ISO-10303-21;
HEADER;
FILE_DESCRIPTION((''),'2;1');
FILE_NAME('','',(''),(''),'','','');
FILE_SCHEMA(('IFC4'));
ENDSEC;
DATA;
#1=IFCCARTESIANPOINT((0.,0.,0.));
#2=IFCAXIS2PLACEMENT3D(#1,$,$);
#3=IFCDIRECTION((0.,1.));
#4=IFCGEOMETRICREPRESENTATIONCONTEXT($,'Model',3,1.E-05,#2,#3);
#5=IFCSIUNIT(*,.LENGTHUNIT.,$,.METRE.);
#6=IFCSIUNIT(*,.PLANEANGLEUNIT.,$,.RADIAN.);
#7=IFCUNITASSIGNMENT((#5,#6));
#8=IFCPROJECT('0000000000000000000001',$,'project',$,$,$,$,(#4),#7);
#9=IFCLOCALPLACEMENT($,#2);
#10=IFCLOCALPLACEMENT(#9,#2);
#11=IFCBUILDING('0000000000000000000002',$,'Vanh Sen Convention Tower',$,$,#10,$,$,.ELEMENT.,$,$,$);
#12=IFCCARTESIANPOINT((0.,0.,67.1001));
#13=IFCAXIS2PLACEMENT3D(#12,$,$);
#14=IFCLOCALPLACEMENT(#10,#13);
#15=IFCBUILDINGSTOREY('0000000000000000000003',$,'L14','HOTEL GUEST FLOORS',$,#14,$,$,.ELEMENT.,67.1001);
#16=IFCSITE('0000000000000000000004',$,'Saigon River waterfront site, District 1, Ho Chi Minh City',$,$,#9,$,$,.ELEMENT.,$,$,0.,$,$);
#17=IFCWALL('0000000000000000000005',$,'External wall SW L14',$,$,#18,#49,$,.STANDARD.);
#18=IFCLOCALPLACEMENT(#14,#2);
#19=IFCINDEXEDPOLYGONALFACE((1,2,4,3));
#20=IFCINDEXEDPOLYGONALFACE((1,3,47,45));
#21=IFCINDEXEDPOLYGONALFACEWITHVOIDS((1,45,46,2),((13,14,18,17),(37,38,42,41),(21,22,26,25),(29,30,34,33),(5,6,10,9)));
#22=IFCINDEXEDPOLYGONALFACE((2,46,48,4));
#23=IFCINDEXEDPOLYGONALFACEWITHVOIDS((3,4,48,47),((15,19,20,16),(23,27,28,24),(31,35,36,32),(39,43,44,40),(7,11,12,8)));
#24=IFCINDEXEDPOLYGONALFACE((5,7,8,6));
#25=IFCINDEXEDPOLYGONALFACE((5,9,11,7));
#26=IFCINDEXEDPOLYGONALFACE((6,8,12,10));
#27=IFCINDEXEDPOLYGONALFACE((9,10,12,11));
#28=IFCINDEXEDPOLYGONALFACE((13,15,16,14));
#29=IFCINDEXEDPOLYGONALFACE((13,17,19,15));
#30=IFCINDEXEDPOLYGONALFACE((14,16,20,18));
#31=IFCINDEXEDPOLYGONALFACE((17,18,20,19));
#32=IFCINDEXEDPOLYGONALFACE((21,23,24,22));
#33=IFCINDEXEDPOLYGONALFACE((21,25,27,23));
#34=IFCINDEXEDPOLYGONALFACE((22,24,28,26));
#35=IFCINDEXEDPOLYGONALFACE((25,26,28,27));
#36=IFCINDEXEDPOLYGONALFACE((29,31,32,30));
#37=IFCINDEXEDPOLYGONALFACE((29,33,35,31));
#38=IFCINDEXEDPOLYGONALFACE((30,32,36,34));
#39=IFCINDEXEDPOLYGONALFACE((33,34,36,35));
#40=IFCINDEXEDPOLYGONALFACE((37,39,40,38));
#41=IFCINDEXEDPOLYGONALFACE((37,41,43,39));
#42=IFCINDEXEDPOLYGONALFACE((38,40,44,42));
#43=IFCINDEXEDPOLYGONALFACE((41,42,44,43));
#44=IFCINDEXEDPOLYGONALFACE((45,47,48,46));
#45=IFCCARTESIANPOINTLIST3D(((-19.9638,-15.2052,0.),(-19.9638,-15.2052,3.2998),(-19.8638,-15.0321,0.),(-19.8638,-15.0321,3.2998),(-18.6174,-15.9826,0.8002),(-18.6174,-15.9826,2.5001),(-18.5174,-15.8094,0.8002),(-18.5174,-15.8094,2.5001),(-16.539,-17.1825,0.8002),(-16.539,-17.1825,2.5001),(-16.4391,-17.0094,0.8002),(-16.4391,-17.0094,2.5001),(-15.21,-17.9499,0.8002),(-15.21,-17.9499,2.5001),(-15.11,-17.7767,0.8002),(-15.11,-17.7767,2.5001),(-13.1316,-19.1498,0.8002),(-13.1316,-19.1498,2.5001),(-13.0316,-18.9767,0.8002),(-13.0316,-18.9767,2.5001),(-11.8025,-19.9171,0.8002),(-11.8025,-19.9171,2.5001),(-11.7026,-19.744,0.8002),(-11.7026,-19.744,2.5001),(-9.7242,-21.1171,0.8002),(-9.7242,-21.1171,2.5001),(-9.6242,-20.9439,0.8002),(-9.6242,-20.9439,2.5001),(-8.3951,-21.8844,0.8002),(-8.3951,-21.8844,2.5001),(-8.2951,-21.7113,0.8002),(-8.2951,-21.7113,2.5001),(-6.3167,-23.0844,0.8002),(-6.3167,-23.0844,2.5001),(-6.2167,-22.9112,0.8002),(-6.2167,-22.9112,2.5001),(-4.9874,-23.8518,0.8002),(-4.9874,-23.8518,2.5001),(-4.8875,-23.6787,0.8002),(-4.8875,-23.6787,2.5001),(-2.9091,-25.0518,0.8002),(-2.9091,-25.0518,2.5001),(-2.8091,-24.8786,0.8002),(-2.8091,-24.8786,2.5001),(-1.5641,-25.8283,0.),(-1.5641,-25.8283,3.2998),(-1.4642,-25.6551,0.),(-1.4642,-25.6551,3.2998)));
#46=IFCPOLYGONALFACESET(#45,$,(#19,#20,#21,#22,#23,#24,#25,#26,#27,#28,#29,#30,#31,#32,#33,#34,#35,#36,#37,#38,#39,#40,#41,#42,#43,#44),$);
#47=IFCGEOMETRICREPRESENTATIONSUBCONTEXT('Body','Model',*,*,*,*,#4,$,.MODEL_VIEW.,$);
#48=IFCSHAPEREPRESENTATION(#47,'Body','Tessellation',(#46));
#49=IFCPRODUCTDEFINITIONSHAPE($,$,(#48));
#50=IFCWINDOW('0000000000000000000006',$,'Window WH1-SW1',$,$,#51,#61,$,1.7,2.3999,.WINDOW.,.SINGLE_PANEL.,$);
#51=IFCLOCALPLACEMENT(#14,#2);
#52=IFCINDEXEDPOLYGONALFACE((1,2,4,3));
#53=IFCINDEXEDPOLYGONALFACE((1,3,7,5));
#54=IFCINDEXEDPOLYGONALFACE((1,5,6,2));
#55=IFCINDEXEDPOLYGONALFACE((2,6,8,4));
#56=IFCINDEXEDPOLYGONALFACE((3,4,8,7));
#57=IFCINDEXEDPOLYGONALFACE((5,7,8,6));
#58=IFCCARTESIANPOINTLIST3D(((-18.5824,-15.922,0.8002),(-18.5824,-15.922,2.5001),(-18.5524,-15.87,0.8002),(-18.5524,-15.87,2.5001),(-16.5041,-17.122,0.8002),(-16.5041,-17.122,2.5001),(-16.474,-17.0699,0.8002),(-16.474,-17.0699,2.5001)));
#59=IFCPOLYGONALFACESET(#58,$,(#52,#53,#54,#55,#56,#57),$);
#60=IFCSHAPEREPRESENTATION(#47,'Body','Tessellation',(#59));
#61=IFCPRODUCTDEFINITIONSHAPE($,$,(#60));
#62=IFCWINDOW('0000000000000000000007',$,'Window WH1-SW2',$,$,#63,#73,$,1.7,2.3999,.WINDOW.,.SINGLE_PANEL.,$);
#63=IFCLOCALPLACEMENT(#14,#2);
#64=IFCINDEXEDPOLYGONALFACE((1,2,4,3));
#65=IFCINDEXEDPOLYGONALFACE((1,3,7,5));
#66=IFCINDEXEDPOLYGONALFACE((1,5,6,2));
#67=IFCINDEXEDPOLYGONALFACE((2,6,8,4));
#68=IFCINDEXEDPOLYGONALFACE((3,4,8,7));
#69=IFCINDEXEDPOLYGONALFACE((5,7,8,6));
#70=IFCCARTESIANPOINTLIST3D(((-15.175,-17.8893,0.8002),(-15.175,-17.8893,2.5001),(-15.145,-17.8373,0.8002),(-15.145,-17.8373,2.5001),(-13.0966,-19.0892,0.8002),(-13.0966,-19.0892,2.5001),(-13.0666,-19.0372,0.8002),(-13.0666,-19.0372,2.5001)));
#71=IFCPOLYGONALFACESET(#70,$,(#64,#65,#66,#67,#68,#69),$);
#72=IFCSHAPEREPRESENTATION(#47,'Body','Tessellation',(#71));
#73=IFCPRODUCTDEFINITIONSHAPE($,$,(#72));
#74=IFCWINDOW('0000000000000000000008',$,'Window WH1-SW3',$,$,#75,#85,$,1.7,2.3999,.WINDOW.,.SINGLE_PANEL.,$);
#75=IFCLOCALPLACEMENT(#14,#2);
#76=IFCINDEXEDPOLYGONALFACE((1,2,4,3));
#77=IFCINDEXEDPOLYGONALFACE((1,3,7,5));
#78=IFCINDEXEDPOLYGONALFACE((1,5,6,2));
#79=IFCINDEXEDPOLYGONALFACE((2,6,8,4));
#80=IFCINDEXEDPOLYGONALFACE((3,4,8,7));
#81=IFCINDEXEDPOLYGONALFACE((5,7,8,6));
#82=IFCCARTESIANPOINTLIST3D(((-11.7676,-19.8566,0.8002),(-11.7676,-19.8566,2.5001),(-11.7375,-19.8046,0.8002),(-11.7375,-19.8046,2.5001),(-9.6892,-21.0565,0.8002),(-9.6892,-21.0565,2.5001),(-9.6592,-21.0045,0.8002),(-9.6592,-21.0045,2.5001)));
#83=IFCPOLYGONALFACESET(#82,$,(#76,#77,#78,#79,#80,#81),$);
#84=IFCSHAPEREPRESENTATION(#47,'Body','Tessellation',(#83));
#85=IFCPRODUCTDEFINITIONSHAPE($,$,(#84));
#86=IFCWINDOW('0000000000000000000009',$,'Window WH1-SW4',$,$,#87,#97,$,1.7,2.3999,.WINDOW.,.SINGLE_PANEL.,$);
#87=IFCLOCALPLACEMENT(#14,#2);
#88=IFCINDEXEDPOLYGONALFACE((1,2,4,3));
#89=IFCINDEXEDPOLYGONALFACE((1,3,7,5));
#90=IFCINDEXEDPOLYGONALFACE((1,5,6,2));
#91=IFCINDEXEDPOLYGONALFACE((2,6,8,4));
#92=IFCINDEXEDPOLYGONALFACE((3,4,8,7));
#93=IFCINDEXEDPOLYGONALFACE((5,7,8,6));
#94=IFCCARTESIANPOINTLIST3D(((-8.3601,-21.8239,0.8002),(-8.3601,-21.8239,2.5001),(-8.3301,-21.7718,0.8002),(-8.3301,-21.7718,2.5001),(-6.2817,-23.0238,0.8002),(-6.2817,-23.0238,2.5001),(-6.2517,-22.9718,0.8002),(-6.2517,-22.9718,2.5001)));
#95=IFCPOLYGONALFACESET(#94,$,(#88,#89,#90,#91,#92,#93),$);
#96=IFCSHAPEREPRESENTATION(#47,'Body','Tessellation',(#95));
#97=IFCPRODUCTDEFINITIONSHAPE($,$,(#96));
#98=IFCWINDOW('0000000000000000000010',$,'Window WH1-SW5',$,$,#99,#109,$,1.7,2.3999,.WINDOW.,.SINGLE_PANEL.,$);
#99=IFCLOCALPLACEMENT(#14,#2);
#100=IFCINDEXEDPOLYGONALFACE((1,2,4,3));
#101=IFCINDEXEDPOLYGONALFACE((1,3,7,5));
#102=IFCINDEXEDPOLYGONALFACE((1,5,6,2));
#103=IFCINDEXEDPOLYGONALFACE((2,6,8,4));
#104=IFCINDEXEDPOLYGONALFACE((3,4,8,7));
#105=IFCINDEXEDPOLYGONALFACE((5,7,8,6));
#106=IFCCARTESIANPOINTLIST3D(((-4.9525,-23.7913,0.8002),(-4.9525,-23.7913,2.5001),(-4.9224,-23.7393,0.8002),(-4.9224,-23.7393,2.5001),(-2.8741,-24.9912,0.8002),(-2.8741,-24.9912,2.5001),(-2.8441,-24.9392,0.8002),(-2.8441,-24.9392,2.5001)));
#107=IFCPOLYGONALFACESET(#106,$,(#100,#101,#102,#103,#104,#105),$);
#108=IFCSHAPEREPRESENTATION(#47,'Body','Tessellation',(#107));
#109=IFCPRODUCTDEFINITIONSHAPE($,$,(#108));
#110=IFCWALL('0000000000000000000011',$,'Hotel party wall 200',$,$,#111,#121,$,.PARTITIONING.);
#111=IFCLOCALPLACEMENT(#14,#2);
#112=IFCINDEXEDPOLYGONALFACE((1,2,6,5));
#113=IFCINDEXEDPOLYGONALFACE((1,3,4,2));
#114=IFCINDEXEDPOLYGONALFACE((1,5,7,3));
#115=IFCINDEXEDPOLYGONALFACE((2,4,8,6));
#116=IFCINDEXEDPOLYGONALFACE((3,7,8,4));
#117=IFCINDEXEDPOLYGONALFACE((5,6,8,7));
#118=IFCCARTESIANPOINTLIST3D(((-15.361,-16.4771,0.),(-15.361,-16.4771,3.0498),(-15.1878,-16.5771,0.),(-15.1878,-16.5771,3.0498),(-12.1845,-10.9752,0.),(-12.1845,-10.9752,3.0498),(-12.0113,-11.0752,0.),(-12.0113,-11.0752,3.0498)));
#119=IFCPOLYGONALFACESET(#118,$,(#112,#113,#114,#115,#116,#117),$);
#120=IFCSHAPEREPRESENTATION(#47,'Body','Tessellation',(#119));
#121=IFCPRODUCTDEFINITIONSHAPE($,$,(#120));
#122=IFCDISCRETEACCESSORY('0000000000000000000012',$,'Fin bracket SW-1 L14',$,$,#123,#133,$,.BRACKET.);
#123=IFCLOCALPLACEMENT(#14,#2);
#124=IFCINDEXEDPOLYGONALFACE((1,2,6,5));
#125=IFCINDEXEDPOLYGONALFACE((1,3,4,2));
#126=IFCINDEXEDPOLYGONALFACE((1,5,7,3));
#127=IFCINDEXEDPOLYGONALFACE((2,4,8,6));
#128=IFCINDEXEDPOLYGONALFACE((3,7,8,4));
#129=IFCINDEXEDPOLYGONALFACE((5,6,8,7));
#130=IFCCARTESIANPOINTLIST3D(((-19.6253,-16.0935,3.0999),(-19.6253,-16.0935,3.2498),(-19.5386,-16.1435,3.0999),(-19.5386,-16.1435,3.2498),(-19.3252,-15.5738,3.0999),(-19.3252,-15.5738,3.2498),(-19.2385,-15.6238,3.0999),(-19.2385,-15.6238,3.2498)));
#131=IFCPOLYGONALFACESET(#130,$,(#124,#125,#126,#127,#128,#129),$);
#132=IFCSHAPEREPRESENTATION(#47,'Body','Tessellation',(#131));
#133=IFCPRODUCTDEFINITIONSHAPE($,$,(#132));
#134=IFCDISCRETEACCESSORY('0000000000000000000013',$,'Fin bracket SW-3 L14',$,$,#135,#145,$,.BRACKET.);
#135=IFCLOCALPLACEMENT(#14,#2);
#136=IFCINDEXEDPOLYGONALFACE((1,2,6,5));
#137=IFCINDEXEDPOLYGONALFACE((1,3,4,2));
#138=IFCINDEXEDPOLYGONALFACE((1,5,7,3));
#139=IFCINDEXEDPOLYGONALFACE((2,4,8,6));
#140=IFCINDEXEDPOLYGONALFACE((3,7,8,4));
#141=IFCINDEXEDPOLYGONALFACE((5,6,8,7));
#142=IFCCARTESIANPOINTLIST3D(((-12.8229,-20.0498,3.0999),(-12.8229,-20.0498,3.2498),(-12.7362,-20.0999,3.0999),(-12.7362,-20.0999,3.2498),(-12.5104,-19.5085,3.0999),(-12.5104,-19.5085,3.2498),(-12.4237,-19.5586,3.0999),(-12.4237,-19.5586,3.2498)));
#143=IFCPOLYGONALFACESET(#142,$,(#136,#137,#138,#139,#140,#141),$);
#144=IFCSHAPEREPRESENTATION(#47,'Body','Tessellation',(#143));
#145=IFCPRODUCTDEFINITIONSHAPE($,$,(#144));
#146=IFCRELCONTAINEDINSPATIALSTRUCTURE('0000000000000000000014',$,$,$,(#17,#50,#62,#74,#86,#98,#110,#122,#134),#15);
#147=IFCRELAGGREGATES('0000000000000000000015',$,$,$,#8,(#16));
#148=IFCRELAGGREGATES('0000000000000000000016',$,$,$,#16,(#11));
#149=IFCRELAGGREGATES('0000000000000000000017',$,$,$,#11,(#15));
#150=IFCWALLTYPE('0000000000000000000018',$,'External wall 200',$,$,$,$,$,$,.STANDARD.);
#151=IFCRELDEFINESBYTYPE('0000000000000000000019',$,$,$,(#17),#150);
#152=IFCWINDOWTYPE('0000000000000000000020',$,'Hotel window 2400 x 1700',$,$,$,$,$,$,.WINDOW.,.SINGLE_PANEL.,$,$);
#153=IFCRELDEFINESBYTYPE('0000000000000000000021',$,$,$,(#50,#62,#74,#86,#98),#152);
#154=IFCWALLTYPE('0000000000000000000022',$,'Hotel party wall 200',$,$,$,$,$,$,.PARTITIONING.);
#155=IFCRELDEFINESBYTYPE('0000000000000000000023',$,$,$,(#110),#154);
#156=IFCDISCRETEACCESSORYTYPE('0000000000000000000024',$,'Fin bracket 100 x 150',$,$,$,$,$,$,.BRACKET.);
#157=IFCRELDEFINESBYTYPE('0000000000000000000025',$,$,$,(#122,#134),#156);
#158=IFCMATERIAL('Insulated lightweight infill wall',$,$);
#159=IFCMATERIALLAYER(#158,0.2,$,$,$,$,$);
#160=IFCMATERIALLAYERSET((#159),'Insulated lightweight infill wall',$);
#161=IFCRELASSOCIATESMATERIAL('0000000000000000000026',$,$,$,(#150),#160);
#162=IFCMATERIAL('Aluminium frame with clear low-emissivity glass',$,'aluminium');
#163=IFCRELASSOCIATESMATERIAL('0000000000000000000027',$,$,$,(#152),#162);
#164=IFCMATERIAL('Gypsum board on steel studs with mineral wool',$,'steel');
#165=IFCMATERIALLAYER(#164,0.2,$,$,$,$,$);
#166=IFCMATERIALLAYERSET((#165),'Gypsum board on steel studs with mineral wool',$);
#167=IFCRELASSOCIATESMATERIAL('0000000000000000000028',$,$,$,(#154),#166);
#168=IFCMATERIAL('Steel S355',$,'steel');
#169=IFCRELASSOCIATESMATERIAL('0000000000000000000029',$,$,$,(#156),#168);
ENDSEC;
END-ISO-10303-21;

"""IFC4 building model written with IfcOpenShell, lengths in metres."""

from ifc_helpers import new_model, si_unit, direction, frame, frame_2d, origin, origin_2d, place, context, subcontext, project, spatial, rectangle, extrude, material, layer, layer_set, type_object, element, fill, save


model = new_model("IFC4")

# Units and contexts
model_context = context("Model", 3, precision=1e-05, world=origin(), true_north=direction((0.0, 1.0)))
body_context = subcontext(model_context, "Body", "Model", "MODEL_VIEW")
ifc_project = project(units=[si_unit("LENGTHUNIT", "METRE"), si_unit("PLANEANGLEUNIT", "RADIAN")], contexts=[model_context])

# Site, building, storey
site_placement = place(None, origin())
site = spatial("IfcSite", under=ifc_project, at=site_placement, Name="Saigon River waterfront site, District 1, Ho Chi Minh City", CompositionType="ELEMENT", RefElevation=0.0)
building_placement = place(site_placement, origin())
building = spatial("IfcBuilding", under=site, at=building_placement, Name="Vanh Sen Convention Tower", CompositionType="ELEMENT")
storey_placement = place(building_placement, frame((0.0, 0.0, 67.1001)))
storey = spatial("IfcBuildingStorey", under=building, at=storey_placement, Name="L14", Description="HOTEL GUEST FLOORS", CompositionType="ELEMENT", Elevation=67.1001)

# Shared definitions
ifc_material_1 = material(Name="Insulated lightweight infill wall")
ifc_layer_1 = layer(ifc_material_1, 0.2)
ifc_layer_set_1 = layer_set([ifc_layer_1], Name="Insulated lightweight infill wall")
wall_type_1 = type_object("IfcWallType", Name="External wall 200", PredefinedType="STANDARD", material=ifc_layer_set_1)
ifc_material_2 = material(Name="Aluminium frame with clear low-emissivity glass", Category="aluminium")

# Wall, openings, windows
wall_1_placement = place(storey_placement, frame((-19.9138, -15.1187, 0.0), z_axis=(0.0, 0.0, 1.0), x_axis=(0.866025, -0.5, 0.0)))
wall_1 = element("IfcWall", 1, at=wall_1_placement, inside=storey, type_object=wall_type_1, Name="External wall SW L14", PredefinedType="STANDARD", context=body_context, shape_type="SweptSolid", body=[
    extrude(rectangle(XDim=21.2461, YDim=0.2, at=frame_2d((10.623, 0.0))), origin(), (0.0, 0.0, 1.0), 3.2998),
])
opening_1_placement = place(wall_1_placement, frame((1.5547, 0.0, 0.8)))
opening_1 = element("IfcOpeningElement", 2, at=opening_1_placement, cuts=wall_1, PredefinedType="OPENING", context=body_context, shape_type="SweptSolid", body=[
    extrude(rectangle(XDim=2.3999, YDim=1.7, at=frame_2d((1.2, 0.8501))), frame((0.0, 0.1099, 0.0), z_axis=(0.0, -1.0, 0.0), x_axis=(1.0, 0.0, 0.0)), (0.0, 0.0, 1.0), 0.22),
])
opening_2_placement = place(wall_1_placement, frame((5.4893, 0.0, 0.8)))
opening_2 = element("IfcOpeningElement", 3, at=opening_2_placement, cuts=wall_1, PredefinedType="OPENING", context=body_context, shape_type="SweptSolid", body=[
    extrude(rectangle(XDim=2.3999, YDim=1.7, at=frame_2d((1.2, 0.8501))), frame((0.0, 0.1099, 0.0), z_axis=(0.0, -1.0, 0.0), x_axis=(1.0, 0.0, 0.0)), (0.0, 0.0, 1.0), 0.22),
])
opening_3_placement = place(wall_1_placement, frame((9.4238, 0.0, 0.8)))
opening_3 = element("IfcOpeningElement", 4, at=opening_3_placement, cuts=wall_1, PredefinedType="OPENING", context=body_context, shape_type="SweptSolid", body=[
    extrude(rectangle(XDim=2.3999, YDim=1.7, at=frame_2d((1.2, 0.8501))), frame((0.0, 0.1099, 0.0), z_axis=(0.0, -1.0, 0.0), x_axis=(1.0, 0.0, 0.0)), (0.0, 0.0, 1.0), 0.22),
])
opening_4_placement = place(wall_1_placement, frame((13.3584, 0.0, 0.8)))
opening_4 = element("IfcOpeningElement", 5, at=opening_4_placement, cuts=wall_1, PredefinedType="OPENING", context=body_context, shape_type="SweptSolid", body=[
    extrude(rectangle(XDim=2.3999, YDim=1.7, at=frame_2d((1.2, 0.8501))), frame((0.0, 0.1099, 0.0), z_axis=(0.0, -1.0, 0.0), x_axis=(1.0, 0.0, 0.0)), (0.0, 0.0, 1.0), 0.22),
])
opening_5_placement = place(wall_1_placement, frame((17.2932, 0.0, 0.8)))
opening_5 = element("IfcOpeningElement", 6, at=opening_5_placement, cuts=wall_1, PredefinedType="OPENING", context=body_context, shape_type="SweptSolid", body=[
    extrude(rectangle(XDim=2.3999, YDim=1.7, at=frame_2d((1.2, 0.8501))), frame((0.0, 0.1099, 0.0), z_axis=(0.0, -1.0, 0.0), x_axis=(1.0, 0.0, 0.0)), (0.0, 0.0, 1.0), 0.22),
])
window_type_1 = type_object("IfcWindowType", Name="Hotel window 2400 x 1700", PartitioningType="SINGLE_PANEL", PredefinedType="WINDOW", material=ifc_material_2)
window_1_placement = place(opening_1_placement, origin())
window_1 = element("IfcWindow", 7, at=window_1_placement, inside=storey, type_object=window_type_1, Name="Window WH1-SW1", OverallHeight=1.7, OverallWidth=2.3999, PartitioningType="SINGLE_PANEL", PredefinedType="WINDOW", context=body_context, shape_type="SweptSolid", body=[
    extrude(rectangle(XDim=2.3999, YDim=1.7, at=frame_2d((1.2, 0.8501))), frame((0.0, 0.03, 0.0), z_axis=(0.0, -1.0, 0.0), x_axis=(1.0, 0.0, 0.0)), (0.0, 0.0, 1.0), 0.0601),
])
fill(opening_1, window_1)
window_2_placement = place(opening_2_placement, origin())
window_2 = element("IfcWindow", 8, at=window_2_placement, inside=storey, type_object=window_type_1, Name="Window WH1-SW2", OverallHeight=1.7, OverallWidth=2.3999, PartitioningType="SINGLE_PANEL", PredefinedType="WINDOW", context=body_context, shape_type="SweptSolid", body=[
    extrude(rectangle(XDim=2.3999, YDim=1.7, at=frame_2d((1.2, 0.8501))), frame((0.0, 0.03, 0.0), z_axis=(0.0, -1.0, 0.0), x_axis=(1.0, 0.0, 0.0)), (0.0, 0.0, 1.0), 0.0601),
])
fill(opening_2, window_2)
window_3_placement = place(opening_3_placement, origin())
window_3 = element("IfcWindow", 9, at=window_3_placement, inside=storey, type_object=window_type_1, Name="Window WH1-SW3", OverallHeight=1.7, OverallWidth=2.3999, PartitioningType="SINGLE_PANEL", PredefinedType="WINDOW", context=body_context, shape_type="SweptSolid", body=[
    extrude(rectangle(XDim=2.3999, YDim=1.7, at=frame_2d((1.2, 0.8501))), frame((0.0, 0.03, 0.0), z_axis=(0.0, -1.0, 0.0), x_axis=(1.0, 0.0, 0.0)), (0.0, 0.0, 1.0), 0.0601),
])
fill(opening_3, window_3)
window_4_placement = place(opening_4_placement, origin())
window_4 = element("IfcWindow", 10, at=window_4_placement, inside=storey, type_object=window_type_1, Name="Window WH1-SW4", OverallHeight=1.7, OverallWidth=2.3999, PartitioningType="SINGLE_PANEL", PredefinedType="WINDOW", context=body_context, shape_type="SweptSolid", body=[
    extrude(rectangle(XDim=2.3999, YDim=1.7, at=frame_2d((1.2, 0.8501))), frame((0.0, 0.03, 0.0), z_axis=(0.0, -1.0, 0.0), x_axis=(1.0, 0.0, 0.0)), (0.0, 0.0, 1.0), 0.0601),
])
fill(opening_4, window_4)
window_5_placement = place(opening_5_placement, origin())
window_5 = element("IfcWindow", 11, at=window_5_placement, inside=storey, type_object=window_type_1, Name="Window WH1-SW5", OverallHeight=1.7, OverallWidth=2.3999, PartitioningType="SINGLE_PANEL", PredefinedType="WINDOW", context=body_context, shape_type="SweptSolid", body=[
    extrude(rectangle(XDim=2.3999, YDim=1.7, at=frame_2d((1.2, 0.8501))), frame((0.0, 0.03, 0.0), z_axis=(0.0, -1.0, 0.0), x_axis=(1.0, 0.0, 0.0)), (0.0, 0.0, 1.0), 0.0601),
])
fill(opening_5, window_5)

# Wall
ifc_material_3 = material(Name="Gypsum board on steel studs with mineral wool", Category="steel")
ifc_layer_2 = layer(ifc_material_3, 0.2)
ifc_layer_set_2 = layer_set([ifc_layer_2], Name="Gypsum board on steel studs with mineral wool")
wall_type_2 = type_object("IfcWallType", Name="Hotel party wall 200", PredefinedType="PARTITIONING", material=ifc_layer_set_2)
wall_2_placement = place(storey_placement, frame((-15.2744, -16.5271, 0.0), z_axis=(0.0, 0.0, 1.0), x_axis=(0.499995, 0.866028, 0.0)))
element("IfcWall", 12, at=wall_2_placement, inside=storey, type_object=wall_type_2, Name="Hotel party wall 200", PredefinedType="PARTITIONING", context=body_context, shape_type="SweptSolid", body=[
    extrude(rectangle(XDim=6.353, YDim=0.2, at=frame_2d((3.1765, 0.0))), origin(), (0.0, 0.0, 1.0), 3.0498),
])

# Discrete accessories
ifc_material_4 = material(Name="Steel S355", Category="steel")
discrete_accessory_type = type_object("IfcDiscreteAccessoryType", Name="Fin bracket 100 x 150", PredefinedType="BRACKET", material=ifc_material_4)
discrete_accessory_1_placement = place(storey_placement, frame((-19.4319, -15.8586, 3.0999), z_axis=(0.0, 0.0, 1.0), x_axis=(-0.5, -0.866025, 0.0)))
element("IfcDiscreteAccessory", 13, at=discrete_accessory_1_placement, inside=storey, type_object=discrete_accessory_type, Name="Fin bracket SW-1 L14", PredefinedType="BRACKET", context=body_context, shape_type="SweptSolid", body=[
    extrude(rectangle(XDim=0.6001, YDim=0.1001, at=origin_2d()), origin(), (0.0, 0.0, 1.0), 0.1499),
])
discrete_accessory_2_placement = place(storey_placement, frame((-12.6233, -19.8042, 3.0999), z_axis=(0.0, 0.0, 1.0), x_axis=(-0.5, -0.866025, 0.0)))
element("IfcDiscreteAccessory", 14, at=discrete_accessory_2_placement, inside=storey, type_object=discrete_accessory_type, Name="Fin bracket SW-3 L14", PredefinedType="BRACKET", context=body_context, shape_type="SweptSolid", body=[
    extrude(rectangle(XDim=0.625, YDim=0.1001, at=origin_2d()), origin(), (0.0, 0.0, 1.0), 0.1499),
])

save(model, "model.ifc")
